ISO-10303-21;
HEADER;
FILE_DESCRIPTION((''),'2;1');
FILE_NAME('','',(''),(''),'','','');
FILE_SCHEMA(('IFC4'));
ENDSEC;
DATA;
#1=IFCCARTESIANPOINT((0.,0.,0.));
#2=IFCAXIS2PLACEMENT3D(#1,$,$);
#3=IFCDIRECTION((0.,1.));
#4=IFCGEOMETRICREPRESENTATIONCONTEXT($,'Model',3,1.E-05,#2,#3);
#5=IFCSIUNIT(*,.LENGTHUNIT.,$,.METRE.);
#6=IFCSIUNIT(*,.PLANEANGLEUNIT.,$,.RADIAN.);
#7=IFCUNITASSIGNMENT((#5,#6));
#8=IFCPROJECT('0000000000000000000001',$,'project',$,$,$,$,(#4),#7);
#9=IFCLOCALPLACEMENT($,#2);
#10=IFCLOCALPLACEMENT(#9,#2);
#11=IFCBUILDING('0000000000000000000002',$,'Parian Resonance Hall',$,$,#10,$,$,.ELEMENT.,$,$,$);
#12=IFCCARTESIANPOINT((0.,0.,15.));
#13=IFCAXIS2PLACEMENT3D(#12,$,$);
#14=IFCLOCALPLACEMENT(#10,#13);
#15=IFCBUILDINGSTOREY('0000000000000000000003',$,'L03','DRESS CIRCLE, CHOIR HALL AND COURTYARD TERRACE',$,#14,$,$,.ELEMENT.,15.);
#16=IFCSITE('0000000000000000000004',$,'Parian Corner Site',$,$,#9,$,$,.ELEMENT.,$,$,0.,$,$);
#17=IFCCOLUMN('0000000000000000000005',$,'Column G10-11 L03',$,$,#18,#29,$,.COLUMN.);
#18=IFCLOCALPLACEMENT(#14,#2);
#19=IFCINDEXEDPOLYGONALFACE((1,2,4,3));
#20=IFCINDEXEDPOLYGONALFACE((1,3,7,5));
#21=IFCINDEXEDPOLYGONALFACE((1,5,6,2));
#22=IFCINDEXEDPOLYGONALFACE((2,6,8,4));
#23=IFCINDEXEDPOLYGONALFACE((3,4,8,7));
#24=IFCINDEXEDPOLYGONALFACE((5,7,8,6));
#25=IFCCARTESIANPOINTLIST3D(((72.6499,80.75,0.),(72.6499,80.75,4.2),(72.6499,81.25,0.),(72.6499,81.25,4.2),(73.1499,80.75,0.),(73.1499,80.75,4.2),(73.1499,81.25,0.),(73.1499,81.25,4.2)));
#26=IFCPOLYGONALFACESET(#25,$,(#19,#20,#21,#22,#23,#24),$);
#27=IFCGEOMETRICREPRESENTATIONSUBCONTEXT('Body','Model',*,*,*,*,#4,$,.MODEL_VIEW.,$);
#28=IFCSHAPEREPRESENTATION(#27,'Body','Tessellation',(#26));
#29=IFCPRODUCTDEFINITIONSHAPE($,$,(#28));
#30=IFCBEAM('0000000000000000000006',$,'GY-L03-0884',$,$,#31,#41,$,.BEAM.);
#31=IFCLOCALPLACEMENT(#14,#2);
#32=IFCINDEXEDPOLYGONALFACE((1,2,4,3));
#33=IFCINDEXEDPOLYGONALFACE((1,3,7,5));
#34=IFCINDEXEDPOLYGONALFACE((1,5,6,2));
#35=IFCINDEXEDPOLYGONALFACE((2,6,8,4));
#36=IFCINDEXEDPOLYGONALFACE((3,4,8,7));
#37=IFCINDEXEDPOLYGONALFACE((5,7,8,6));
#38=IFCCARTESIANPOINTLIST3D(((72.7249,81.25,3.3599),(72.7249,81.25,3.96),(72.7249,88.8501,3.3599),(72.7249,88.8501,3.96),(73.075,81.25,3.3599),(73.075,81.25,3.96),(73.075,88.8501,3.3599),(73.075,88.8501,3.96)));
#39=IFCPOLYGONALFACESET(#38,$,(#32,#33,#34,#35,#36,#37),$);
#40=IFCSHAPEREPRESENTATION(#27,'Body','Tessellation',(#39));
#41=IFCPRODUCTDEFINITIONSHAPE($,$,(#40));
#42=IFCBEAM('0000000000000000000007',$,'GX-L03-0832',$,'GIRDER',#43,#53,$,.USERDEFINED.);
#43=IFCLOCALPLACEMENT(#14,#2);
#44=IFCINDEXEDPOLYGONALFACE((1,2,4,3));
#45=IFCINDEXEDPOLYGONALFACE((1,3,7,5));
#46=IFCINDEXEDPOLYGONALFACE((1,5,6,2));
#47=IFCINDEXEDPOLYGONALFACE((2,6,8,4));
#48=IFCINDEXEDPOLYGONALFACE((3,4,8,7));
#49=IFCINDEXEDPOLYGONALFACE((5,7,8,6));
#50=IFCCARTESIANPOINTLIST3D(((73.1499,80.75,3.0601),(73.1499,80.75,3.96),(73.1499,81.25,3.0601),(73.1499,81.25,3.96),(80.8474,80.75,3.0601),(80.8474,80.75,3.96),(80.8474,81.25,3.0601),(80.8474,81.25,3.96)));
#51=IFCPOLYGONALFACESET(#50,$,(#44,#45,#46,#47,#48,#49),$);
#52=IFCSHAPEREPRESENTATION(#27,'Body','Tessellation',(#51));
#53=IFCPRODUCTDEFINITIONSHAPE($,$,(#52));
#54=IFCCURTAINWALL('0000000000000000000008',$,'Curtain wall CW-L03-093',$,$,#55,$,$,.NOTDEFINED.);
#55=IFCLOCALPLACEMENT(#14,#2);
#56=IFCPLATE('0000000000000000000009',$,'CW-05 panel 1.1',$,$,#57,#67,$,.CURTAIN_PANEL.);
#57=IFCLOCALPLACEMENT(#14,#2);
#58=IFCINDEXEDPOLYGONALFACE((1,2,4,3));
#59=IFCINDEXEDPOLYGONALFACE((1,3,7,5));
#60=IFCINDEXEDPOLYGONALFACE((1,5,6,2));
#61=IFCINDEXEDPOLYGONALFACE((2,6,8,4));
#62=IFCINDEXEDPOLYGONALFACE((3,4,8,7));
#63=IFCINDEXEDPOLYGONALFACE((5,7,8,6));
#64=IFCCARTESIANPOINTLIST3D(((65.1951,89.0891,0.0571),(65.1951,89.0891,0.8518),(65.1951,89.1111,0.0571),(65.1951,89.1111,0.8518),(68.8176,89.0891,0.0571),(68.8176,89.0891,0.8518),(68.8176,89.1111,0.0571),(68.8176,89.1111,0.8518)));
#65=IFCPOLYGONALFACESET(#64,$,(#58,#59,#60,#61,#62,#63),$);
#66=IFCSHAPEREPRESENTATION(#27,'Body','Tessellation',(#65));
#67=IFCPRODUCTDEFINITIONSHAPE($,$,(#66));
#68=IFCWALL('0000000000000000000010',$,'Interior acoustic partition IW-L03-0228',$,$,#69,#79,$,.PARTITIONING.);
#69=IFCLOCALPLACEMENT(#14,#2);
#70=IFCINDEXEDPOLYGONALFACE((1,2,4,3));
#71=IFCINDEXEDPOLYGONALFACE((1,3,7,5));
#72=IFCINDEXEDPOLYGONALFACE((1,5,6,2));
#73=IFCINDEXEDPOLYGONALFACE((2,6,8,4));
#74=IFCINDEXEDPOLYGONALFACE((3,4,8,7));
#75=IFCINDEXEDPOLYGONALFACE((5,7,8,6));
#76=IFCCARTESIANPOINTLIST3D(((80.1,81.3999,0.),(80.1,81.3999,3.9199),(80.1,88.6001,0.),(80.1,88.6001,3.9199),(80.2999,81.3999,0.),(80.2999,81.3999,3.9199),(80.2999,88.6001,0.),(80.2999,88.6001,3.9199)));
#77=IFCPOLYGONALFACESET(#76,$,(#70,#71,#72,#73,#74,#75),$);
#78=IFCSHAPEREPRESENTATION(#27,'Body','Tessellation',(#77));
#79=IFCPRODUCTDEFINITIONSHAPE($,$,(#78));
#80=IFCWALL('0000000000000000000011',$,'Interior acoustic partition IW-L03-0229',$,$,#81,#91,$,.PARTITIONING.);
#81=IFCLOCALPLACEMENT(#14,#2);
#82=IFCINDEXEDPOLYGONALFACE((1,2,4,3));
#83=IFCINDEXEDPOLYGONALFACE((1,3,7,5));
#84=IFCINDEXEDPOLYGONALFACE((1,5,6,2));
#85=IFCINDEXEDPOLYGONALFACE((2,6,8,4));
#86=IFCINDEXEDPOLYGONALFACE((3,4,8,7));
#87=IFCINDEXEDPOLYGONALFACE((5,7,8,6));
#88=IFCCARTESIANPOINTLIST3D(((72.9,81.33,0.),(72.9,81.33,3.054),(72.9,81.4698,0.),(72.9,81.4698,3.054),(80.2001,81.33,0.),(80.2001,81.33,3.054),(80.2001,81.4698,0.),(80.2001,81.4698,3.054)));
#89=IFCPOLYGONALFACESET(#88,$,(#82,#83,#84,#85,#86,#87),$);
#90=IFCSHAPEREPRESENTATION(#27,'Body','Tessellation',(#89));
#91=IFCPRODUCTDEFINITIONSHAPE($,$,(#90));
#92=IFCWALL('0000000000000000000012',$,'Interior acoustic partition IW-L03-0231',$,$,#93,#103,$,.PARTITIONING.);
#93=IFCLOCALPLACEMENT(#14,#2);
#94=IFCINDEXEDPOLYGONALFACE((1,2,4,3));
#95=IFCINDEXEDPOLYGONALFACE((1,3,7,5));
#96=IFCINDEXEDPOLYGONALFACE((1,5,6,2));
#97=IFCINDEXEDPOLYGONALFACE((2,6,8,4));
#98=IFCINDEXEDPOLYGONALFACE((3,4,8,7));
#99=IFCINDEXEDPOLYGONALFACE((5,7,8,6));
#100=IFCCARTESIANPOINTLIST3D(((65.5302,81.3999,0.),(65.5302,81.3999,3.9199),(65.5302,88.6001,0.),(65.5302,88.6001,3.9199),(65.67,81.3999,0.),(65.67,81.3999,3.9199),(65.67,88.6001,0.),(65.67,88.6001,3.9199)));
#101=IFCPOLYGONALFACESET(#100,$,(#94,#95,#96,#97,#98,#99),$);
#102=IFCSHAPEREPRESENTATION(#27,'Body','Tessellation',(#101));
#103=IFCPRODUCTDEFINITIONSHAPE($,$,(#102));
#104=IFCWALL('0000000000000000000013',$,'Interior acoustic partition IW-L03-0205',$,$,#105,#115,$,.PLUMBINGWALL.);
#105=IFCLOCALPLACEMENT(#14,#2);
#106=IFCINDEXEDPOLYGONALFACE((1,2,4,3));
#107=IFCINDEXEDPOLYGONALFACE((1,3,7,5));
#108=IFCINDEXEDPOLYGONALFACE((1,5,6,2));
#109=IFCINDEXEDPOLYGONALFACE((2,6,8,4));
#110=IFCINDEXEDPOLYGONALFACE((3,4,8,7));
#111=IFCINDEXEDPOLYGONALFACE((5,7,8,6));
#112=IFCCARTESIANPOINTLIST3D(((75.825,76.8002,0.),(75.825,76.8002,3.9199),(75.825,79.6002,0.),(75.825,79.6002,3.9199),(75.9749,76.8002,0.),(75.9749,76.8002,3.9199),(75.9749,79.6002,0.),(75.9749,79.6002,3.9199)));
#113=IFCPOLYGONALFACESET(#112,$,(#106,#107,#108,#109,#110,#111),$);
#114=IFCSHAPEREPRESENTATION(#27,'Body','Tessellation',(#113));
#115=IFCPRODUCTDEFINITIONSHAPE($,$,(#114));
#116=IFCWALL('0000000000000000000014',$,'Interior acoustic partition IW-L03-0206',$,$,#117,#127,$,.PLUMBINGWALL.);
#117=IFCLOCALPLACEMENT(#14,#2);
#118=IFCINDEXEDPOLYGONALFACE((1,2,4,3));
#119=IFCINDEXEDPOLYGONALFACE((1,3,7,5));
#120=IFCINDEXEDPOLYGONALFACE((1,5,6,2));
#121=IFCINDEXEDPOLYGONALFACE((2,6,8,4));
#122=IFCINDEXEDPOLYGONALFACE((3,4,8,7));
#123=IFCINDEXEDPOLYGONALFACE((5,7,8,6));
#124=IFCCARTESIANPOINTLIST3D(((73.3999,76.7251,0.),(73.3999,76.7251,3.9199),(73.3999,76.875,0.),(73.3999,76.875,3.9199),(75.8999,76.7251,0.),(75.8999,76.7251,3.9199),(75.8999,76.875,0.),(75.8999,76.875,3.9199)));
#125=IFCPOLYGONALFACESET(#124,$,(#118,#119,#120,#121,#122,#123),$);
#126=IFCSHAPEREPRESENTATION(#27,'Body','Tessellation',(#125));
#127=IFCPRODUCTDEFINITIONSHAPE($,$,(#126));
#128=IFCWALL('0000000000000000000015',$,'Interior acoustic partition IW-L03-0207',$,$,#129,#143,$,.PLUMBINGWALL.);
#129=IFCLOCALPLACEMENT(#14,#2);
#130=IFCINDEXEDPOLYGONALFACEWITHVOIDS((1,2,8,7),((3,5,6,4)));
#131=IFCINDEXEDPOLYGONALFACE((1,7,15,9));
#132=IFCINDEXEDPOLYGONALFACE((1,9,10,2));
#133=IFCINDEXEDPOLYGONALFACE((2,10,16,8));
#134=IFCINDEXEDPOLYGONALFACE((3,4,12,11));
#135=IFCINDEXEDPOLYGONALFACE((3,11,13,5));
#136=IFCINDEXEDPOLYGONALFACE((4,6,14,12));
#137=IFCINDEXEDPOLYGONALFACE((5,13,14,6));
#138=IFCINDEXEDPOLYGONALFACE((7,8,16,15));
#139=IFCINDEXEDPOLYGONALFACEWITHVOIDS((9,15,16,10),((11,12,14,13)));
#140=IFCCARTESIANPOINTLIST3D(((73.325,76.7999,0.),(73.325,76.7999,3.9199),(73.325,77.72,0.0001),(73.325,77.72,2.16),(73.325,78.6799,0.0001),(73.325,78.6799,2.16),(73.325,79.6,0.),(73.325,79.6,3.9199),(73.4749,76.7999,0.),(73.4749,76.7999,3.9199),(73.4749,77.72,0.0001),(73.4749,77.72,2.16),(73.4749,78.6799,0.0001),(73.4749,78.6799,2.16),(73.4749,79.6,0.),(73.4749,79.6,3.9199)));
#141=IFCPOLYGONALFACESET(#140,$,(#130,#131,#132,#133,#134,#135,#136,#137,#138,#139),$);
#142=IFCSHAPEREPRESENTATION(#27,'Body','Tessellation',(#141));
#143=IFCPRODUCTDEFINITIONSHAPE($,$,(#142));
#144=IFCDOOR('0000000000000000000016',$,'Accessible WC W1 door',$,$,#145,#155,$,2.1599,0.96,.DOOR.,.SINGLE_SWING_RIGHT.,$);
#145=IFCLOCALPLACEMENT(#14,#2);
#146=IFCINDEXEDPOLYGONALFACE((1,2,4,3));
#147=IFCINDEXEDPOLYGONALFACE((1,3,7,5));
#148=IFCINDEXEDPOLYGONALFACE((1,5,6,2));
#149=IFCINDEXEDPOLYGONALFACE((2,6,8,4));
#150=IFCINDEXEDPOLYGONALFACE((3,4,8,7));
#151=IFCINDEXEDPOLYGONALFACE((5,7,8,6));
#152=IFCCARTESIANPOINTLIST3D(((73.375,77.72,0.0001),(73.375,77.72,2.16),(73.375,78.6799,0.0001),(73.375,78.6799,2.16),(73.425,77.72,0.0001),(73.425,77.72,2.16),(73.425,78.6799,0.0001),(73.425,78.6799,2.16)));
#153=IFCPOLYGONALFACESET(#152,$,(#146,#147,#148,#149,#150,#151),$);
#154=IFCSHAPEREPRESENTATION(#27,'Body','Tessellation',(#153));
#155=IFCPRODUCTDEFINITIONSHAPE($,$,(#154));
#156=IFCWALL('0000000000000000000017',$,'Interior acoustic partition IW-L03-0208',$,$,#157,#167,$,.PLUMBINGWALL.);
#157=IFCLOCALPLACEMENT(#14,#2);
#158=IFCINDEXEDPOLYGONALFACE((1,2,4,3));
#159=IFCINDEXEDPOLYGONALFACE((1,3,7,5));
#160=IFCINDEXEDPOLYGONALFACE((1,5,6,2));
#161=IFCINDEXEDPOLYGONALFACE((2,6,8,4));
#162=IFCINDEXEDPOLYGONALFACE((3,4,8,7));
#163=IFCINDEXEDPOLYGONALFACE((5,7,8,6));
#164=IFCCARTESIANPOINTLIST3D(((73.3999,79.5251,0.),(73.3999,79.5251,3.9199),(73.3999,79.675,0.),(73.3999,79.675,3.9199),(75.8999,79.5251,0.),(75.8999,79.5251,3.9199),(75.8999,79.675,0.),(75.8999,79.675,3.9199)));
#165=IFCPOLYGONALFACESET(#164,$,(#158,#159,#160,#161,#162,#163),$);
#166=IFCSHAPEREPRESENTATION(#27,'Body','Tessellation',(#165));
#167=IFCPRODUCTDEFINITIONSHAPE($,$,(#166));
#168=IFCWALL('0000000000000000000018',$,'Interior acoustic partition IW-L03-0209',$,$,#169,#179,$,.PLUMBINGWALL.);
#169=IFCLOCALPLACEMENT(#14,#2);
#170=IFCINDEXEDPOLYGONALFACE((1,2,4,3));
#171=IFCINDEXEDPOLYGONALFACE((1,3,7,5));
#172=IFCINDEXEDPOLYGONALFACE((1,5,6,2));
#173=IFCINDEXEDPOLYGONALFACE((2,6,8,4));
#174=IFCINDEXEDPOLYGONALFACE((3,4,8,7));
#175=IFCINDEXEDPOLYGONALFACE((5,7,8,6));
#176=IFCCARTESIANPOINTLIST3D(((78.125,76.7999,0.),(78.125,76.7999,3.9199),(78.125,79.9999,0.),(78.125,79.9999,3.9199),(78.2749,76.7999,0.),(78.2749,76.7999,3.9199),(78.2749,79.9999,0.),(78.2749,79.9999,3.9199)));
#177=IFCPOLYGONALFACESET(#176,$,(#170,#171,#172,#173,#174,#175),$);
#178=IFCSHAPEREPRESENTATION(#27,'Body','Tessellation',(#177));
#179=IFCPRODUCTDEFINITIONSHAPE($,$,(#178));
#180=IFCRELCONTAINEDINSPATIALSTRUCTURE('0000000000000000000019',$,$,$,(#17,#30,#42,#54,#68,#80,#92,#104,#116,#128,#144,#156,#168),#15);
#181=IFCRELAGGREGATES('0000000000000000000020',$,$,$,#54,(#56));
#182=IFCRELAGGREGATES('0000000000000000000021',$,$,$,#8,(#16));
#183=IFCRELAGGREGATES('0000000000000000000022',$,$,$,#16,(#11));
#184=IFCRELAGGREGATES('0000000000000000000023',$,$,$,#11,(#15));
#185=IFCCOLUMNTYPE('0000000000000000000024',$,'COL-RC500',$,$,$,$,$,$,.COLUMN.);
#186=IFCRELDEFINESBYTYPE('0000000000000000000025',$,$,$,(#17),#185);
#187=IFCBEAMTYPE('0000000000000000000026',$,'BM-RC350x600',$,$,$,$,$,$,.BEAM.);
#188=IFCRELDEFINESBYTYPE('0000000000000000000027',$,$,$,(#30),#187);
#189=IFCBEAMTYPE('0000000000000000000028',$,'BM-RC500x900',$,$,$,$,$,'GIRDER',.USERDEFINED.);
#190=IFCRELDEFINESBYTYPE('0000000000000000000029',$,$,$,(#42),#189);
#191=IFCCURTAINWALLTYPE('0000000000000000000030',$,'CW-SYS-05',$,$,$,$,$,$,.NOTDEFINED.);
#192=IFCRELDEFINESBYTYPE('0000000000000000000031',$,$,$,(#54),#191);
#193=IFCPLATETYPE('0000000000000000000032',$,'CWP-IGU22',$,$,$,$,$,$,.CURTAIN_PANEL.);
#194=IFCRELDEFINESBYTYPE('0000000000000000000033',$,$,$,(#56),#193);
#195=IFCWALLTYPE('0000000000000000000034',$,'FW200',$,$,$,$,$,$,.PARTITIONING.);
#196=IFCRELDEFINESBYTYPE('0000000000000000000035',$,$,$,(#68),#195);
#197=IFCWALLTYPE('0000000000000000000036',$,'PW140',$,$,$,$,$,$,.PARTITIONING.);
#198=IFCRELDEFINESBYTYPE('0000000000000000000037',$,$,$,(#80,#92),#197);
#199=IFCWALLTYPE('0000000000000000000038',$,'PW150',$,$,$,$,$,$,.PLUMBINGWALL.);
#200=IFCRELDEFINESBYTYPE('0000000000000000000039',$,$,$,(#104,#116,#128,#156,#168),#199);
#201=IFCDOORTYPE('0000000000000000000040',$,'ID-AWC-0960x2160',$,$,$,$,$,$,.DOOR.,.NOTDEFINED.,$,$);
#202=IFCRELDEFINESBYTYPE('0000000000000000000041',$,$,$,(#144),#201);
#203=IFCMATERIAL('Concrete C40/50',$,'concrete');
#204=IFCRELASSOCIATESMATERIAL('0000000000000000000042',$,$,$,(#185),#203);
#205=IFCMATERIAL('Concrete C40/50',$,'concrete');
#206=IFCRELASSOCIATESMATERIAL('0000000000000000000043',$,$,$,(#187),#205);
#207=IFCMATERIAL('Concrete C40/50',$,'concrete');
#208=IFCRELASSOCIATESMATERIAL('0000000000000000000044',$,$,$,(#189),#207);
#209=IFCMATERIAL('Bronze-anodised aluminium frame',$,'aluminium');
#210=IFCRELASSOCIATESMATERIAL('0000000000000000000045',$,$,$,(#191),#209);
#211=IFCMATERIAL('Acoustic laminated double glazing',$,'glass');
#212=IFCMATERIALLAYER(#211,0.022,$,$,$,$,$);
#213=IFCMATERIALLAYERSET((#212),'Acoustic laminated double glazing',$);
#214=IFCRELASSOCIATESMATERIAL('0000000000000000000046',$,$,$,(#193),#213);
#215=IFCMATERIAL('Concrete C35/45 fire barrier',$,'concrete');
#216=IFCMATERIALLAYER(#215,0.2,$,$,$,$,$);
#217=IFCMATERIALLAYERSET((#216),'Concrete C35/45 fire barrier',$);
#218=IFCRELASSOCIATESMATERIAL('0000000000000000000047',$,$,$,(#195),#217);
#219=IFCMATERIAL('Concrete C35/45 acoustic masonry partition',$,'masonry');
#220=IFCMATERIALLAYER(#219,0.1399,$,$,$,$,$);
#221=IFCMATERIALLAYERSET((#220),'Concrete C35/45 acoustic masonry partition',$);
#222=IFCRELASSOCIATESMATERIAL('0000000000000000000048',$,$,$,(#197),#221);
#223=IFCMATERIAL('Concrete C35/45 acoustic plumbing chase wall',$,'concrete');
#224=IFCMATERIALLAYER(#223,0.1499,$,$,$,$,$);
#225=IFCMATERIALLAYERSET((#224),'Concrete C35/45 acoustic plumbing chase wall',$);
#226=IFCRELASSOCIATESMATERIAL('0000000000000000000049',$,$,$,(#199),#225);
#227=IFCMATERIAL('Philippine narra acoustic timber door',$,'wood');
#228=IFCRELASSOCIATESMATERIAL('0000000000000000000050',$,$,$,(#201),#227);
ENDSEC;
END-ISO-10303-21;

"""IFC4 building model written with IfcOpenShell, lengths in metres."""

from ifc_helpers import new_model, si_unit, direction, frame, frame_2d, origin, origin_2d, place, context, subcontext, project, spatial, rectangle, extrude, material, layer, layer_set, material_profile, profile_set, type_object, element, fill, aggregate, save


model = new_model("IFC4")

# Units and contexts
model_context = context("Model", 3, precision=1e-05, world=origin(), true_north=direction((0.0, 1.0)))
body_context = subcontext(model_context, "Body", "Model", "MODEL_VIEW")
ifc_project = project(units=[si_unit("LENGTHUNIT", "METRE"), si_unit("PLANEANGLEUNIT", "RADIAN")], contexts=[model_context])

# Site, building, storey
site_placement = place(None, origin())
site = spatial("IfcSite", under=ifc_project, at=site_placement, Name="Parian Corner Site", CompositionType="ELEMENT", RefElevation=0.0)
building_placement = place(site_placement, origin())
building = spatial("IfcBuilding", under=site, at=building_placement, Name="Parian Resonance Hall", CompositionType="ELEMENT")
storey_placement = place(building_placement, frame((0.0, 0.0, 15.0)))
storey = spatial("IfcBuildingStorey", under=building, at=storey_placement, Name="L03", Description="DRESS CIRCLE, CHOIR HALL AND COURTYARD TERRACE", CompositionType="ELEMENT", Elevation=15.0)

# Column
ifc_material_1 = material(Name="Concrete C40/50", Category="concrete")
ifc_material_profile_1 = material_profile(ifc_material_1, rectangle(XDim=0.5, YDim=0.5, at=origin_2d()), Name="RC-COL-500x500")
ifc_profile_set_1 = profile_set([ifc_material_profile_1], Name="Concrete C40/50")
column_type = type_object("IfcColumnType", Name="COL-RC500", PredefinedType="COLUMN", material=ifc_profile_set_1)
column_placement = place(storey_placement, frame((72.8999, 81.0, 0.0), z_axis=(0.0, 0.0, 1.0), x_axis=(1.0, 0.0, 0.0)))
element("IfcColumn", 1, at=column_placement, inside=storey, type_object=column_type, Name="Column G10-11 L03", PredefinedType="COLUMN", context=body_context, shape_type="SweptSolid", body=[
    extrude(rectangle(XDim=0.5, YDim=0.5, at=origin_2d()), origin(), (0.0, 0.0, 1.0), 4.2),
])

# Beams
ifc_material_2 = material(Name="Concrete C40/50", Category="concrete")
ifc_material_profile_2 = material_profile(ifc_material_2, rectangle(XDim=0.3501, YDim=0.6001, at=origin_2d()), Name="RC-BM-350x600")
ifc_profile_set_2 = profile_set([ifc_material_profile_2], Name="Concrete C40/50")
beam_type_1 = type_object("IfcBeamType", Name="BM-RC350x600", PredefinedType="BEAM", material=ifc_profile_set_2)
beam_1_placement = place(storey_placement, frame((72.8999, 81.25, 3.6599), z_axis=(0.0, 1.0, 0.0), x_axis=(-1.0, 0.0, 0.0)))
element("IfcBeam", 2, at=beam_1_placement, inside=storey, type_object=beam_type_1, Name="GY-L03-0884", PredefinedType="BEAM", context=body_context, shape_type="SweptSolid", body=[
    extrude(rectangle(XDim=0.3501, YDim=0.6001, at=origin_2d()), origin(), (0.0, 0.0, 1.0), 7.6001),
])
ifc_material_3 = material(Name="Concrete C40/50", Category="concrete")
ifc_material_profile_3 = material_profile(ifc_material_3, rectangle(XDim=0.5, YDim=0.8999, at=origin_2d()), Name="RC-BM-500x900")
ifc_profile_set_3 = profile_set([ifc_material_profile_3], Name="Concrete C40/50")
beam_type_2 = type_object("IfcBeamType", Name="BM-RC500x900", ElementType="GIRDER", PredefinedType="USERDEFINED", material=ifc_profile_set_3)
beam_2_placement = place(storey_placement, frame((73.1499, 81.0, 3.51), z_axis=(1.0, 0.0, 0.0), x_axis=(0.0, 1.0, 0.0)))
element("IfcBeam", 3, at=beam_2_placement, inside=storey, type_object=beam_type_2, Name="GX-L03-0832", ObjectType="GIRDER", PredefinedType="USERDEFINED", context=body_context, shape_type="SweptSolid", body=[
    extrude(rectangle(XDim=0.5, YDim=0.8999, at=origin_2d()), origin(), (0.0, 0.0, 1.0), 7.6975),
])

# Curtain wall, plate
ifc_material_4 = material(Name="Bronze-anodised aluminium frame", Category="aluminium")
curtain_wall_type = type_object("IfcCurtainWallType", Name="CW-SYS-05", PredefinedType="NOTDEFINED", material=ifc_material_4)
curtain_wall_placement = place(storey_placement, origin())
curtain_wall = element("IfcCurtainWall", 4, at=curtain_wall_placement, inside=storey, type_object=curtain_wall_type, Name="Curtain wall CW-L03-093", PredefinedType="NOTDEFINED")
ifc_material_5 = material(Name="Acoustic laminated double glazing", Category="glass")
ifc_layer_1 = layer(ifc_material_5, 0.022)
ifc_layer_set_1 = layer_set([ifc_layer_1], Name="Acoustic laminated double glazing")
plate_type = type_object("IfcPlateType", Name="CWP-IGU22", PredefinedType="CURTAIN_PANEL", material=ifc_layer_set_1)
plate_placement = place(storey_placement, frame((67.0063, 89.1001, 0.0571), z_axis=(0.0, 0.0, 1.0), x_axis=(1.0, 0.0, 0.0)))
plate = element("IfcPlate", 5, at=plate_placement, type_object=plate_type, Name="CW-05 panel 1.1", PredefinedType="CURTAIN_PANEL", context=body_context, shape_type="SweptSolid", body=[
    extrude(rectangle(XDim=3.6226, YDim=0.022, at=origin_2d()), origin(), (0.0, 0.0, 1.0), 0.7947),
])
aggregate(curtain_wall, [plate])

# Wall
ifc_material_6 = material(Name="Concrete C35/45 fire barrier", Category="concrete")
ifc_layer_2 = layer(ifc_material_6, 0.2)
ifc_layer_set_2 = layer_set([ifc_layer_2], Name="Concrete C35/45 fire barrier")
wall_type_1 = type_object("IfcWallType", Name="FW200", PredefinedType="PARTITIONING", material=ifc_layer_set_2)
wall_1_placement = place(storey_placement, frame((80.2, 88.6001, 0.0), z_axis=(0.0, 0.0, 1.0), x_axis=(0.0, -1.0, 0.0)))
element("IfcWall", 6, at=wall_1_placement, inside=storey, type_object=wall_type_1, Name="Interior acoustic partition IW-L03-0228", PredefinedType="PARTITIONING", context=body_context, shape_type="SweptSolid", body=[
    extrude(rectangle(XDim=7.2002, YDim=0.2, at=frame_2d((3.6001, 0.0))), origin(), (0.0, 0.0, 1.0), 3.9199),
])

# Walls
ifc_material_7 = material(Name="Concrete C35/45 acoustic masonry partition", Category="masonry")
ifc_layer_3 = layer(ifc_material_7, 0.1399)
ifc_layer_set_3 = layer_set([ifc_layer_3], Name="Concrete C35/45 acoustic masonry partition")
wall_type_2 = type_object("IfcWallType", Name="PW140", PredefinedType="PARTITIONING", material=ifc_layer_set_3)
wall_2_placement = place(storey_placement, frame((80.2, 81.3999, 0.0), z_axis=(0.0, 0.0, 1.0), x_axis=(-1.0, 0.0, 0.0)))
element("IfcWall", 7, at=wall_2_placement, inside=storey, type_object=wall_type_2, Name="Interior acoustic partition IW-L03-0229", PredefinedType="PARTITIONING", context=body_context, shape_type="SweptSolid", body=[
    extrude(rectangle(XDim=7.3, YDim=0.1399, at=frame_2d((3.6499, 0.0))), origin(), (0.0, 0.0, 1.0), 3.054),
])
wall_3_placement = place(storey_placement, frame((65.6001, 81.3999, 0.0), z_axis=(0.0, 0.0, 1.0), x_axis=(0.0, 1.0, 0.0)))
element("IfcWall", 8, at=wall_3_placement, inside=storey, type_object=wall_type_2, Name="Interior acoustic partition IW-L03-0231", PredefinedType="PARTITIONING", context=body_context, shape_type="SweptSolid", body=[
    extrude(rectangle(XDim=7.2002, YDim=0.1399, at=frame_2d((3.6001, 0.0))), origin(), (0.0, 0.0, 1.0), 3.9199),
])
ifc_material_8 = material(Name="Concrete C35/45 acoustic plumbing chase wall", Category="concrete")
ifc_layer_4 = layer(ifc_material_8, 0.1499)
ifc_layer_set_4 = layer_set([ifc_layer_4], Name="Concrete C35/45 acoustic plumbing chase wall")
wall_type_3 = type_object("IfcWallType", Name="PW150", PredefinedType="PLUMBINGWALL", material=ifc_layer_set_4)
wall_4_placement = place(storey_placement, frame((75.8999, 79.6001, 0.0), z_axis=(0.0, 0.0, 1.0), x_axis=(0.0, -1.0, 0.0)))
element("IfcWall", 9, at=wall_4_placement, inside=storey, type_object=wall_type_3, Name="Interior acoustic partition IW-L03-0205", PredefinedType="PLUMBINGWALL", context=body_context, shape_type="SweptSolid", body=[
    extrude(rectangle(XDim=2.8, YDim=0.1499, at=frame_2d((1.3999, 0.0))), origin(), (0.0, 0.0, 1.0), 3.9199),
])
wall_5_placement = place(storey_placement, frame((75.8999, 76.8, 0.0), z_axis=(0.0, 0.0, 1.0), x_axis=(-1.0, 0.0, 0.0)))
element("IfcWall", 10, at=wall_5_placement, inside=storey, type_object=wall_type_3, Name="Interior acoustic partition IW-L03-0206", PredefinedType="PLUMBINGWALL", context=body_context, shape_type="SweptSolid", body=[
    extrude(rectangle(XDim=2.5, YDim=0.1499, at=frame_2d((1.25, 0.0))), origin(), (0.0, 0.0, 1.0), 3.9199),
])

# Wall, opening, door
wall_6_placement = place(storey_placement, frame((73.3999, 76.8, 0.0), z_axis=(0.0, 0.0, 1.0), x_axis=(0.0, 1.0, 0.0)))
wall_6 = element("IfcWall", 11, at=wall_6_placement, inside=storey, type_object=wall_type_3, Name="Interior acoustic partition IW-L03-0207", PredefinedType="PLUMBINGWALL", context=body_context, shape_type="SweptSolid", body=[
    extrude(rectangle(XDim=2.8, YDim=0.1499, at=frame_2d((1.3999, 0.0))), origin(), (0.0, 0.0, 1.0), 3.9199),
])
opening_1_placement = place(wall_6_placement, frame((0.9199, 0.0, 0.0)))
opening_1 = element("IfcOpeningElement", 12, at=opening_1_placement, cuts=wall_6, PredefinedType="OPENING", context=body_context, shape_type="SweptSolid", body=[
    extrude(rectangle(XDim=0.96, YDim=2.1599, at=frame_2d((0.48, 1.0801))), frame((0.0, 0.085, 0.0), z_axis=(0.0, -1.0, 0.0), x_axis=(1.0, 0.0, 0.0)), (0.0, 0.0, 1.0), 0.1699),
])
ifc_material_9 = material(Name="Philippine narra acoustic timber door", Category="wood")
door_type_1 = type_object("IfcDoorType", Name="ID-AWC-0960x2160", OperationType="NOTDEFINED", PredefinedType="DOOR", material=ifc_material_9)
door_1_placement = place(opening_1_placement, origin())
door_1 = element("IfcDoor", 13, at=door_1_placement, inside=storey, type_object=door_type_1, Name="Accessible WC W1 door", OperationType="SINGLE_SWING_RIGHT", OverallHeight=2.1599, OverallWidth=0.96, PredefinedType="DOOR", context=body_context, shape_type="SweptSolid", body=[
    extrude(rectangle(XDim=0.96, YDim=2.1599, at=frame_2d((0.48, 1.0801))), frame((0.0, 0.0249, 0.0), z_axis=(0.0, -1.0, 0.0), x_axis=(1.0, 0.0, 0.0)), (0.0, 0.0, 1.0), 0.05),
])
fill(opening_1, door_1)

# Walls
wall_7_placement = place(storey_placement, frame((73.3999, 79.6001, 0.0), z_axis=(0.0, 0.0, 1.0), x_axis=(1.0, 0.0, 0.0)))
element("IfcWall", 14, at=wall_7_placement, inside=storey, type_object=wall_type_3, Name="Interior acoustic partition IW-L03-0208", PredefinedType="PLUMBINGWALL", context=body_context, shape_type="SweptSolid", body=[
    extrude(rectangle(XDim=2.5, YDim=0.1499, at=frame_2d((1.25, 0.0))), origin(), (0.0, 0.0, 1.0), 3.9199),
])
wall_8_placement = place(storey_placement, frame((78.2, 80.0, 0.0), z_axis=(0.0, 0.0, 1.0), x_axis=(0.0, -1.0, 0.0)))
element("IfcWall", 15, at=wall_8_placement, inside=storey, type_object=wall_type_3, Name="Interior acoustic partition IW-L03-0209", PredefinedType="PLUMBINGWALL", context=body_context, shape_type="SweptSolid", body=[
    extrude(rectangle(XDim=3.2, YDim=0.1499, at=frame_2d((1.6001, 0.0))), origin(), (0.0, 0.0, 1.0), 3.9199),
])

save(model, "model.ifc")
